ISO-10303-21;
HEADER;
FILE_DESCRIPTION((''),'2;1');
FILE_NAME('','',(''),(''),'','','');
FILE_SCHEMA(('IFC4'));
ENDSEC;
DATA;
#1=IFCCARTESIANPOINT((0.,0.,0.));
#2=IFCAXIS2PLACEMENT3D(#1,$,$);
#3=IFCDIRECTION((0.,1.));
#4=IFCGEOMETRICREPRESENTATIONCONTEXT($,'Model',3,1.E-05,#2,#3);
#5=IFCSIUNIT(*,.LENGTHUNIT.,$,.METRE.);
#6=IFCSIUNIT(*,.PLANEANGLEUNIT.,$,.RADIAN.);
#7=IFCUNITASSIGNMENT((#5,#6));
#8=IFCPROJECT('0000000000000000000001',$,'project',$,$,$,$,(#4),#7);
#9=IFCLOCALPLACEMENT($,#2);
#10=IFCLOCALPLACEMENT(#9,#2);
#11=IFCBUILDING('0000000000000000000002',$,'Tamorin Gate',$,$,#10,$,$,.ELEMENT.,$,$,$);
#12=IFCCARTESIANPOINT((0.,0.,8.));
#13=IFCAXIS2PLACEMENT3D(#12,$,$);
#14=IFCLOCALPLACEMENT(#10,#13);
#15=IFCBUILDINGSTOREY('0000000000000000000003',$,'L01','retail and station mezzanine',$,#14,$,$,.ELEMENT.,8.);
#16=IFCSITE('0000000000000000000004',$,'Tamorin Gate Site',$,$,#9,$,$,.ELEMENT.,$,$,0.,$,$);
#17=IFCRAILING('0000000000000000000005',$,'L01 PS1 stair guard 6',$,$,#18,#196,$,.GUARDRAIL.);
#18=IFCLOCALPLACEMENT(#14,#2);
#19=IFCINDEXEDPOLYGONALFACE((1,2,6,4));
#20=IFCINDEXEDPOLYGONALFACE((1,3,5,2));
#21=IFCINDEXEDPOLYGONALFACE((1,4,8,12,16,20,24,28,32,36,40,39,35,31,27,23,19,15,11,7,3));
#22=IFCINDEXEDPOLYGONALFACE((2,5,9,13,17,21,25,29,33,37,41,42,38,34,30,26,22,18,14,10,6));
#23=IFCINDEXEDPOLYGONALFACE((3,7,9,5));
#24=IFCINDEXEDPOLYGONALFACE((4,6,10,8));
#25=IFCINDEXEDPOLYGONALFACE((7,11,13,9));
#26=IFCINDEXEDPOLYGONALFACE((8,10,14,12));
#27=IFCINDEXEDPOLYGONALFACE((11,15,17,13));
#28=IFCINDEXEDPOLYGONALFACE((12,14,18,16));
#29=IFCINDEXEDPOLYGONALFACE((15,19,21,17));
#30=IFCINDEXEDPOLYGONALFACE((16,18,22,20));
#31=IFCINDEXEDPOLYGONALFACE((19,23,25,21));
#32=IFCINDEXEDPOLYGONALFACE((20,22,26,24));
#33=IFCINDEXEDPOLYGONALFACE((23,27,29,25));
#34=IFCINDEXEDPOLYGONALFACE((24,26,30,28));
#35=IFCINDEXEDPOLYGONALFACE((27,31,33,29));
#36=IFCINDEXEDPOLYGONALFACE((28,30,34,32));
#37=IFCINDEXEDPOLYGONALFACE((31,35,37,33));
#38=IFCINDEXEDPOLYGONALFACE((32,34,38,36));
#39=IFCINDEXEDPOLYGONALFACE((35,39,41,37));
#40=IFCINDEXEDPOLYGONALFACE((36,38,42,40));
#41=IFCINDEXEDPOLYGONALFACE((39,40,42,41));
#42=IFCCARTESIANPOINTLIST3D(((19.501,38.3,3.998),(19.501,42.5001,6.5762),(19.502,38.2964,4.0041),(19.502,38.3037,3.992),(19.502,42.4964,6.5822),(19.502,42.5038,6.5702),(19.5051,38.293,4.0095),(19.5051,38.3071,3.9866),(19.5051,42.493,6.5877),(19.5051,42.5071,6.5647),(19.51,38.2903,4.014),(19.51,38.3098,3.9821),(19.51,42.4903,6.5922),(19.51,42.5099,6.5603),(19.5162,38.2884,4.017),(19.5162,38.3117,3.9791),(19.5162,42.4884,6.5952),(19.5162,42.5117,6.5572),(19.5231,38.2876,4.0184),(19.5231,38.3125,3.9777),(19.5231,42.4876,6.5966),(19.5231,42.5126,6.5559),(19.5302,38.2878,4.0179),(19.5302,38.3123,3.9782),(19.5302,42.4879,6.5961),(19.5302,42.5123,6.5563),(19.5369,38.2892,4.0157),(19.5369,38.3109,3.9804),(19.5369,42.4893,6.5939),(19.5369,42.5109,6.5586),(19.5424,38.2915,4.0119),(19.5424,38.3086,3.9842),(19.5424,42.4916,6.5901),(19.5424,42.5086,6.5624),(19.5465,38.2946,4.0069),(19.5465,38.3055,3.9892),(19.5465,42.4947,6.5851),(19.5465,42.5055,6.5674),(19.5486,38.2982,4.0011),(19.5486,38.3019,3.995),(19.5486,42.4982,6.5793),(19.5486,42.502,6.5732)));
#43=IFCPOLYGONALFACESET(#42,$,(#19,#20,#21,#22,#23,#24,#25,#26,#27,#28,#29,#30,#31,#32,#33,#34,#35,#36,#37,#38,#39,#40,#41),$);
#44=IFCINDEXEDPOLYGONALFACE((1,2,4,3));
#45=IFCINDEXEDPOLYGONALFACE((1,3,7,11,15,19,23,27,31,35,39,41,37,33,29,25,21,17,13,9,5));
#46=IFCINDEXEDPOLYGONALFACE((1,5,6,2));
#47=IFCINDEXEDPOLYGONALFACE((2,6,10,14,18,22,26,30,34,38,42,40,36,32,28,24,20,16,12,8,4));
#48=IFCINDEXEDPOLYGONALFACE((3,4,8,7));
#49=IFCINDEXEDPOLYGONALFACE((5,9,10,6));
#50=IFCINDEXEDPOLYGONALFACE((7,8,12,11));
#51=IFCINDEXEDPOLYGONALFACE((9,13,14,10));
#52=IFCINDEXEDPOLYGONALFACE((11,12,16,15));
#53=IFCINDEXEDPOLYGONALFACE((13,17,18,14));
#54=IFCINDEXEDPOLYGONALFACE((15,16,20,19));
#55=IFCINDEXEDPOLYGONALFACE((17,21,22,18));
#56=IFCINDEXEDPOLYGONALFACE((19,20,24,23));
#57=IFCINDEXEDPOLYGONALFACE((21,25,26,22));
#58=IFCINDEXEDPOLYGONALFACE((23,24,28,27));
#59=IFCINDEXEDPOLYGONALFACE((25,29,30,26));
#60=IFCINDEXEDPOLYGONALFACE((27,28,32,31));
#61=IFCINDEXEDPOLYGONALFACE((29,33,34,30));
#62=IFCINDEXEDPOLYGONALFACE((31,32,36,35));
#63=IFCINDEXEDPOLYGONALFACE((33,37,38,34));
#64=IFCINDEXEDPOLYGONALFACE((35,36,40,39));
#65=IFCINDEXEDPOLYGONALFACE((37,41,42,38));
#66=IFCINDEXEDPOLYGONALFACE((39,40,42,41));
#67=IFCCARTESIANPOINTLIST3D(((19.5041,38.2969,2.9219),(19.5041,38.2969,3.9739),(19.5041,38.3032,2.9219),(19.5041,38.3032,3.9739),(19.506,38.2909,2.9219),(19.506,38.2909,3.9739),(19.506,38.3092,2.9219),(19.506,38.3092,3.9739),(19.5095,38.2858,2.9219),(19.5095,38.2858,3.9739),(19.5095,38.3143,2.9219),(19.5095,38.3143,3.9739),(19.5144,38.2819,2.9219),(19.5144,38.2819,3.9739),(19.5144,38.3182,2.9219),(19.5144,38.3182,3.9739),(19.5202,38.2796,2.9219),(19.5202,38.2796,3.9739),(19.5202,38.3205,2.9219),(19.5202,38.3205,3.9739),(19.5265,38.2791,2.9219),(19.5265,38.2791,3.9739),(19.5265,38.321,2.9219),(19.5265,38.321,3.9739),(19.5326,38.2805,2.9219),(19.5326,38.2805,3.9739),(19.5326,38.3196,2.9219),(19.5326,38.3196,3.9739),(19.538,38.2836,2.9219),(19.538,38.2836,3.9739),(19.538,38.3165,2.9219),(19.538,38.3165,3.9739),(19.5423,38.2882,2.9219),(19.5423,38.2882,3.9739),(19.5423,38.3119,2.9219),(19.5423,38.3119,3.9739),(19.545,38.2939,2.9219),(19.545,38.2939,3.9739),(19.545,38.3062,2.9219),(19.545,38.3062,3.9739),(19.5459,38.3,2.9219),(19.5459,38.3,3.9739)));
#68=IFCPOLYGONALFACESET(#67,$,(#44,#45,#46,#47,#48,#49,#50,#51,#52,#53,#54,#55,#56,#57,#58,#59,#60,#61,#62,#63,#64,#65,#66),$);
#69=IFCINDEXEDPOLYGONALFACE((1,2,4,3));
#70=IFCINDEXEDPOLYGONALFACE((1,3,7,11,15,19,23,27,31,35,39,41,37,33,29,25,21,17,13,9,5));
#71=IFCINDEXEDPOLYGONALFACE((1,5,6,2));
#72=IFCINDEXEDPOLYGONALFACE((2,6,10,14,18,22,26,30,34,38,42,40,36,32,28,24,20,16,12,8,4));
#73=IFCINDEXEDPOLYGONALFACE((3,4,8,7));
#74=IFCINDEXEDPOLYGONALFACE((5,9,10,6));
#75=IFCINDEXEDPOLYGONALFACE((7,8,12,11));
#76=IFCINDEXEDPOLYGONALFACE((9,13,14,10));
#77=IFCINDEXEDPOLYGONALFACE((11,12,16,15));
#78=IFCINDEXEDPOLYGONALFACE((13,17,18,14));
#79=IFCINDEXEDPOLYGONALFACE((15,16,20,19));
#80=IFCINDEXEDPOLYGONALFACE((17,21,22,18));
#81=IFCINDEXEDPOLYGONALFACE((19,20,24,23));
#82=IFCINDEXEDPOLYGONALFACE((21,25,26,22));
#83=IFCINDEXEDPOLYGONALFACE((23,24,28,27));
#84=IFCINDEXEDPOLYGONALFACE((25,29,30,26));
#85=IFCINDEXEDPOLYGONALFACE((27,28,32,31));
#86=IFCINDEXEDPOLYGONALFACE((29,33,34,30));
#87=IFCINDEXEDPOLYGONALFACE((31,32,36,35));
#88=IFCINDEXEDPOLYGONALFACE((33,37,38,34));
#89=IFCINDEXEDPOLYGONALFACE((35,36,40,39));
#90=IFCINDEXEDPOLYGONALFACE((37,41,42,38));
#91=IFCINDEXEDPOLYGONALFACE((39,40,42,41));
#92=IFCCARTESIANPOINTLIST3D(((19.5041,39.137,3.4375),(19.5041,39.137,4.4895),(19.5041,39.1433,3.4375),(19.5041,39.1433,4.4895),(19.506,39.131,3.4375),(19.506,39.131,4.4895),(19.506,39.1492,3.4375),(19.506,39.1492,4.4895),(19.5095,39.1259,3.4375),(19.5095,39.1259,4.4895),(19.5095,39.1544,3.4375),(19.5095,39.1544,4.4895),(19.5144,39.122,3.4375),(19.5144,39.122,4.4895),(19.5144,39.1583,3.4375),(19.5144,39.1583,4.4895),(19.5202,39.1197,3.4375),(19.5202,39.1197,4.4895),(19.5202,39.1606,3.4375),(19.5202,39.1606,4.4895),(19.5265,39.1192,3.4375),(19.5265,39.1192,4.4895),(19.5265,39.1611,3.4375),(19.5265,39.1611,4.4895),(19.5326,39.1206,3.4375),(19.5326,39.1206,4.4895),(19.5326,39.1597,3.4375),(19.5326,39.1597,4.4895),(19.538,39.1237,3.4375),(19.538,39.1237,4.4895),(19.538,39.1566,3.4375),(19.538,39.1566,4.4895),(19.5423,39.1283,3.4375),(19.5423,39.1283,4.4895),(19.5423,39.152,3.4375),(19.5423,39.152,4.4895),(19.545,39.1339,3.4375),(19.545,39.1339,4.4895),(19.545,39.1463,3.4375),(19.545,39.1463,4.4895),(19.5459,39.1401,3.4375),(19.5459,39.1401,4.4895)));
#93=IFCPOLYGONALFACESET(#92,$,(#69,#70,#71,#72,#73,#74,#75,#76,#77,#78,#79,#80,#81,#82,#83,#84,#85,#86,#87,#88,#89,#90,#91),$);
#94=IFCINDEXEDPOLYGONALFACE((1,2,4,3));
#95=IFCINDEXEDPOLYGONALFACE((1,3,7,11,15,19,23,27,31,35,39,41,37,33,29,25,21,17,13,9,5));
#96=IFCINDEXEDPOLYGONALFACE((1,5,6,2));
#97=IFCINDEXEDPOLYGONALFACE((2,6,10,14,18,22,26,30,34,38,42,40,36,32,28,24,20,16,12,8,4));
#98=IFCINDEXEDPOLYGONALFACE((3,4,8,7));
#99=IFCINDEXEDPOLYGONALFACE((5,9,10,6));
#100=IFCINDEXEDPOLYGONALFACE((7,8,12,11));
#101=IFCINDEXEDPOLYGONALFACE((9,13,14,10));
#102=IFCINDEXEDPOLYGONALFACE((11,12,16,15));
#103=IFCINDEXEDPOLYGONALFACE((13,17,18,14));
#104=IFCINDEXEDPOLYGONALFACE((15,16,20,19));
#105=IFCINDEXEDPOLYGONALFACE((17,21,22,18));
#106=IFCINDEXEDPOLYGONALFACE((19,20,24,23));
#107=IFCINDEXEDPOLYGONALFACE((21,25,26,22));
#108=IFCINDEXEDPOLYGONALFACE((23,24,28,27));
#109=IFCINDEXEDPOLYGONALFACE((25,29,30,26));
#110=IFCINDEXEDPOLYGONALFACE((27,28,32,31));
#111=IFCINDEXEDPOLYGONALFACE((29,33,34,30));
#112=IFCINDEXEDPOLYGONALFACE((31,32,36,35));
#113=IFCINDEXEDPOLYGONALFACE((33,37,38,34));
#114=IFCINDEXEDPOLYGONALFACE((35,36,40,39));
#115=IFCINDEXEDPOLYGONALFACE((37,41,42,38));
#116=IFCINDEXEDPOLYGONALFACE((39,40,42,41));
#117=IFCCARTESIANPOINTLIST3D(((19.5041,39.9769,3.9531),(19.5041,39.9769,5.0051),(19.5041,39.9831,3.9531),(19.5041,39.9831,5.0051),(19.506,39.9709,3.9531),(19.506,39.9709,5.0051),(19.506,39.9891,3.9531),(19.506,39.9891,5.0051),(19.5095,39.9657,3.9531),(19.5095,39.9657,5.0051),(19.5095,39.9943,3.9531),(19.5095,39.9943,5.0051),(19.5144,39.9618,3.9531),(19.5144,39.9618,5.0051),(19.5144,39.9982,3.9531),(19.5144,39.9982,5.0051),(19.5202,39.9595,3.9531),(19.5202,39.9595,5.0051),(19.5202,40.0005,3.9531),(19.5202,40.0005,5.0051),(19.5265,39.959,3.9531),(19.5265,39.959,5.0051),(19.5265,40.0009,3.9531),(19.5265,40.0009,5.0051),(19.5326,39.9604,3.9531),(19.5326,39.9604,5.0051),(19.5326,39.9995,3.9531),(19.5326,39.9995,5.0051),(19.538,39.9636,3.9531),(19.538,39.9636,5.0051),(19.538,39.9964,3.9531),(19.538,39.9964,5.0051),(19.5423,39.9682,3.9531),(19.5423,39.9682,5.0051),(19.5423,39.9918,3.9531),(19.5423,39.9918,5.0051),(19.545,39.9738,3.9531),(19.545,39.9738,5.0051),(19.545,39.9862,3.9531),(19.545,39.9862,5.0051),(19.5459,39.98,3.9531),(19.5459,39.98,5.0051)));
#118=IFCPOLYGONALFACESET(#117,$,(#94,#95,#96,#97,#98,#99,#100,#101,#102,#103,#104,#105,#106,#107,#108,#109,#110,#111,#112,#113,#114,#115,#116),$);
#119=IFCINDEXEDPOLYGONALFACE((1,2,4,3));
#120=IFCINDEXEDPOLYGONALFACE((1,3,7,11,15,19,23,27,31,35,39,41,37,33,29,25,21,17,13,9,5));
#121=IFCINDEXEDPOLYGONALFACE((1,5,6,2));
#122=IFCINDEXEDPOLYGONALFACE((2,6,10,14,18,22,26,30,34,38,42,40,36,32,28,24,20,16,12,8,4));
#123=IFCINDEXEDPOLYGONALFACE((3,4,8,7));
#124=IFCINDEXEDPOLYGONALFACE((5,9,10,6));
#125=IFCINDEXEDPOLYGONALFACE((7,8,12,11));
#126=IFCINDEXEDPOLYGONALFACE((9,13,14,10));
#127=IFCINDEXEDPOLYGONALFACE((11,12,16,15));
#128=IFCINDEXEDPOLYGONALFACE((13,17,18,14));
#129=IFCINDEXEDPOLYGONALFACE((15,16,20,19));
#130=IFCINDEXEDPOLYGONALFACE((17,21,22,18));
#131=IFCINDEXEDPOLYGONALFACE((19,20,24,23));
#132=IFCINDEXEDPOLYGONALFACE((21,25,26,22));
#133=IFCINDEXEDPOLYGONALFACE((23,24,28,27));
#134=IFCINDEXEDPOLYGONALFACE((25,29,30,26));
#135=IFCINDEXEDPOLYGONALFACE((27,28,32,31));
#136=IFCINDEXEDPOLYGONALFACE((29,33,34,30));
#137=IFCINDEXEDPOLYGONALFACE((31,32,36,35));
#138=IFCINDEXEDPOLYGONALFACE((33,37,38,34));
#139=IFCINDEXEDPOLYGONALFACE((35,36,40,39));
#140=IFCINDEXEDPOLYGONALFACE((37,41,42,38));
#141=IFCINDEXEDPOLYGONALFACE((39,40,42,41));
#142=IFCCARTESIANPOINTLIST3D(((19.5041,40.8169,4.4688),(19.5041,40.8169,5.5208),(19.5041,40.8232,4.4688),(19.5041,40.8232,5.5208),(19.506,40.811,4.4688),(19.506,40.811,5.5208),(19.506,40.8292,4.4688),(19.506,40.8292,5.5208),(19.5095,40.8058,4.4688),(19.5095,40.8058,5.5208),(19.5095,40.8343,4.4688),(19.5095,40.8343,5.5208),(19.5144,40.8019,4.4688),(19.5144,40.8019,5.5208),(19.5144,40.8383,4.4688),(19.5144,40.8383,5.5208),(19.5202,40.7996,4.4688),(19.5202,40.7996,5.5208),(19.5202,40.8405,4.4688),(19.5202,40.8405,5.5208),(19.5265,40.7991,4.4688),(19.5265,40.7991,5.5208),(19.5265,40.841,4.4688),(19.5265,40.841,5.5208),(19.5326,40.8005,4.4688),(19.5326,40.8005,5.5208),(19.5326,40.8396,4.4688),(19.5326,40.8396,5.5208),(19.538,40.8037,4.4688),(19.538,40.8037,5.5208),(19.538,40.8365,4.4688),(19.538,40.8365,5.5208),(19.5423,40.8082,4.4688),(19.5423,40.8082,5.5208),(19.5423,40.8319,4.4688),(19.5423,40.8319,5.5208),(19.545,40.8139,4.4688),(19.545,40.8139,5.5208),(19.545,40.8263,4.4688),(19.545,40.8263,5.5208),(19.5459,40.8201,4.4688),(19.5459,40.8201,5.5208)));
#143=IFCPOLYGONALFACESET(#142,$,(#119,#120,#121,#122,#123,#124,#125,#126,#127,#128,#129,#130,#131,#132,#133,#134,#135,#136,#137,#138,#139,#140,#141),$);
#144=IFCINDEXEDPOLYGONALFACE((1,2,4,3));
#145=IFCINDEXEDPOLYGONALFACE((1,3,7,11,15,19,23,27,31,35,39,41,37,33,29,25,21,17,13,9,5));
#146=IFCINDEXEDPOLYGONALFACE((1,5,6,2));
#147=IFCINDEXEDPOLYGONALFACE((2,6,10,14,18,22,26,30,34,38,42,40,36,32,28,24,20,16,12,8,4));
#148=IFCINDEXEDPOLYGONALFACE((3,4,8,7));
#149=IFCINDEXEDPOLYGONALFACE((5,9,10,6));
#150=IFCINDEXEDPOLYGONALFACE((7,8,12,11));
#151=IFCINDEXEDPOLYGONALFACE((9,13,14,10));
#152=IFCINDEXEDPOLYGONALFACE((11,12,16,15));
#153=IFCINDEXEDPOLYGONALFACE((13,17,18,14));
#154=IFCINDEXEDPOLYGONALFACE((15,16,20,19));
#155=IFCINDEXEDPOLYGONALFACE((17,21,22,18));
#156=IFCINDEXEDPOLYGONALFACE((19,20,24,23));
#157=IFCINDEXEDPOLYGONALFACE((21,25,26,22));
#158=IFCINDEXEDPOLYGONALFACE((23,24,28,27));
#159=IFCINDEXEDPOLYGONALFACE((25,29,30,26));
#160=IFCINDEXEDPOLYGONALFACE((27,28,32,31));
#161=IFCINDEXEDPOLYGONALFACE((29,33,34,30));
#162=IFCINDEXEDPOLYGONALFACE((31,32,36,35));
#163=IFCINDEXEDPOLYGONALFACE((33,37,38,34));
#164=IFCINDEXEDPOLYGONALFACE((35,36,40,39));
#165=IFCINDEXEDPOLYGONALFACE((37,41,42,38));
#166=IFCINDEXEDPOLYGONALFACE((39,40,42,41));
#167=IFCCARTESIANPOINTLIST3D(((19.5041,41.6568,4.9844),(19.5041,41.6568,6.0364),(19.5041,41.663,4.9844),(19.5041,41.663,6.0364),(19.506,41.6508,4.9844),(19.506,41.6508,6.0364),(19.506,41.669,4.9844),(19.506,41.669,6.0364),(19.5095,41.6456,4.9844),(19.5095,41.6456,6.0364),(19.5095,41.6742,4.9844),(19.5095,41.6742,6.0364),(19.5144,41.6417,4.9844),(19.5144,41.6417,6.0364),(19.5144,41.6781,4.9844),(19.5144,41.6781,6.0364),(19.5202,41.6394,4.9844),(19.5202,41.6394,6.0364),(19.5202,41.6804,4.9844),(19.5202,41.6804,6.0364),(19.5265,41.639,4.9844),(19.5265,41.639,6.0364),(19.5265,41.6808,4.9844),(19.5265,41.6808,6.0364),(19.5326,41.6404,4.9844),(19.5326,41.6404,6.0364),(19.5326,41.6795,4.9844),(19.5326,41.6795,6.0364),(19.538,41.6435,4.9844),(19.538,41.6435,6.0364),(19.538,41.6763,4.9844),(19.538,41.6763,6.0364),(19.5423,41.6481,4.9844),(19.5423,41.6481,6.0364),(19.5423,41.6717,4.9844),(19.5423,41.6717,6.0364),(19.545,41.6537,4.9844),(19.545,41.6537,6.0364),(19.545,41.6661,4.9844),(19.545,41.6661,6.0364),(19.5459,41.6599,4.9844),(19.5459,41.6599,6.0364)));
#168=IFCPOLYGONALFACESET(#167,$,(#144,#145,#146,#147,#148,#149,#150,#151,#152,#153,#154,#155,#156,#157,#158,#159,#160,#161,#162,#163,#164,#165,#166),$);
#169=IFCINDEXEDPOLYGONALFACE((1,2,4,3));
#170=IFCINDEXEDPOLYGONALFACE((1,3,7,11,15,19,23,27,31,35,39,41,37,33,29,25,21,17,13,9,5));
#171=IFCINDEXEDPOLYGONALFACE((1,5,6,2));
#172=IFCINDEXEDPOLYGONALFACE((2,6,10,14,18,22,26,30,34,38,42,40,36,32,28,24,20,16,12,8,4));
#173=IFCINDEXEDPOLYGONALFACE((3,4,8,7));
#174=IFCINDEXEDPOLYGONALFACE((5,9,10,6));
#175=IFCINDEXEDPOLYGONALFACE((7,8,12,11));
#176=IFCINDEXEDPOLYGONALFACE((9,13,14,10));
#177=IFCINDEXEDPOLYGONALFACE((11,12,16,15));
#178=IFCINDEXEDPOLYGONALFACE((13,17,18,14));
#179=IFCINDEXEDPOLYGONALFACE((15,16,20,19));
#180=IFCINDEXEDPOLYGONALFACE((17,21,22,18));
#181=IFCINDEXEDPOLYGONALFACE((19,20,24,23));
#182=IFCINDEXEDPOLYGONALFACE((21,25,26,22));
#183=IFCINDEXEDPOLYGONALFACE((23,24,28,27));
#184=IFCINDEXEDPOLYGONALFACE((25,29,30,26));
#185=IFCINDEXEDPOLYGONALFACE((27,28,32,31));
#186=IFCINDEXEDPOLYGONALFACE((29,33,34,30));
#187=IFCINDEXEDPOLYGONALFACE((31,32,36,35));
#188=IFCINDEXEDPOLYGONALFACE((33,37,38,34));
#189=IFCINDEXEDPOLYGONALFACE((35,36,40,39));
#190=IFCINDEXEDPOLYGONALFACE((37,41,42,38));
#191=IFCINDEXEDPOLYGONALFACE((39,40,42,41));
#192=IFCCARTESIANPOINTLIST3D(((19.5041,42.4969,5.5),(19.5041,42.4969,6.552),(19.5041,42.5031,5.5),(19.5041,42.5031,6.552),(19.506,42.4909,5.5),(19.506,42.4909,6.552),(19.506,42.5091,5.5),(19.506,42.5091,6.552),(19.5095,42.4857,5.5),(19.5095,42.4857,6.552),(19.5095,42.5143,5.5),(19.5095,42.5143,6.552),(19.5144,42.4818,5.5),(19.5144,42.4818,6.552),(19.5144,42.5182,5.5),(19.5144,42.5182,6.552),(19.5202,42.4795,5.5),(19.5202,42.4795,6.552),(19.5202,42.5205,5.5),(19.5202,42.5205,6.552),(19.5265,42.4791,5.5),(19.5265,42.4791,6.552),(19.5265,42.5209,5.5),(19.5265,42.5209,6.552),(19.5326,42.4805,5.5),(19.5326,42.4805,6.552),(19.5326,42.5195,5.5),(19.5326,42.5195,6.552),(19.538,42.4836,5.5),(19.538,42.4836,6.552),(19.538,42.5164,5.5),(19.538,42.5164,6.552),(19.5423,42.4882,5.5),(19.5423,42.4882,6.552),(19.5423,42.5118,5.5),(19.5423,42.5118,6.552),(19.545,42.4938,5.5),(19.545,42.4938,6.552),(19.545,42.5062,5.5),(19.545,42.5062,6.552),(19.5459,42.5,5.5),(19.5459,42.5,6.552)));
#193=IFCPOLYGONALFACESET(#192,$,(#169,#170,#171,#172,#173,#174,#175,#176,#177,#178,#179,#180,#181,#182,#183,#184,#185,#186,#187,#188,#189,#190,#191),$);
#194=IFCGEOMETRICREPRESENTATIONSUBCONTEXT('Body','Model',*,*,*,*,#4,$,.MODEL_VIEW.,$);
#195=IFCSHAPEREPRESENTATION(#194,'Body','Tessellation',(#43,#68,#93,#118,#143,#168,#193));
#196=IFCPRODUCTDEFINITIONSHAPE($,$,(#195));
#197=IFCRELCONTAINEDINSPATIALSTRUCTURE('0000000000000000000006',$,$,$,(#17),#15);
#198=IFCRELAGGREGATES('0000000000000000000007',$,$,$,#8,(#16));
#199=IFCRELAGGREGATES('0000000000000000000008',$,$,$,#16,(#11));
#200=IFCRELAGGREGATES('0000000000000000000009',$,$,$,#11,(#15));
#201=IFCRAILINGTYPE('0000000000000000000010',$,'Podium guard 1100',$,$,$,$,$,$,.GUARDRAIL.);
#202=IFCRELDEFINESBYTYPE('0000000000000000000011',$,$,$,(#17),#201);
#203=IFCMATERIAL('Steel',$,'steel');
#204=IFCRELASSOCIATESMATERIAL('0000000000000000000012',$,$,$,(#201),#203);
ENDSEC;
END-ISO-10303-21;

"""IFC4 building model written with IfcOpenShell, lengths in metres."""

from ifc_helpers import new_model, si_unit, direction, frame, origin, origin_2d, place, context, subcontext, project, spatial, circle, extrude, material, type_object, element, save


model = new_model("IFC4")

# Units and contexts
model_context = context("Model", 3, precision=1e-05, world=origin(), true_north=direction((0.0, 1.0)))
body_context = subcontext(model_context, "Body", "Model", "MODEL_VIEW")
ifc_project = project(units=[si_unit("LENGTHUNIT", "METRE"), si_unit("PLANEANGLEUNIT", "RADIAN")], contexts=[model_context])

# Site, building, storey
site_placement = place(None, origin())
site = spatial("IfcSite", under=ifc_project, at=site_placement, Name="Tamorin Gate Site", CompositionType="ELEMENT", RefElevation=0.0)
building_placement = place(site_placement, origin())
building = spatial("IfcBuilding", under=site, at=building_placement, Name="Tamorin Gate", CompositionType="ELEMENT")
storey_placement = place(building_placement, frame((0.0, 0.0, 8.0)))
storey = spatial("IfcBuildingStorey", under=building, at=storey_placement, Name="L01", Description="retail and station mezzanine", CompositionType="ELEMENT", Elevation=8.0)

# Railing
ifc_material_1 = material(Name="Steel", Category="steel")
railing_type_1 = type_object("IfcRailingType", Name="Podium guard 1100", PredefinedType="GUARDRAIL", material=ifc_material_1)
railing_1_placement = place(storey_placement, frame((19.5249, 38.3, 2.9219)))
element("IfcRailing", 1, at=railing_1_placement, inside=storey, type_object=railing_type_1, Name="L01 PS1 stair guard 6", PredefinedType="GUARDRAIL", context=body_context, shape_type="SweptSolid", body=[
    extrude(circle(Radius=0.0239, at=origin_2d()), frame((0.0, 0.0, 1.0762), z_axis=(0.0, 0.852243, 0.523146), x_axis=(-1.0, 0.0, 0.0)), (0.0, 0.0, 1.0), 4.9282),
    extrude(circle(Radius=0.021, at=origin_2d()), origin(), (0.0, 0.0, 1.0), 1.052),
    extrude(circle(Radius=0.021, at=origin_2d()), frame((0.0, 0.8401, 0.5156)), (0.0, 0.0, 1.0), 1.052),
    extrude(circle(Radius=0.021, at=origin_2d()), frame((0.0, 1.6799, 1.0312)), (0.0, 0.0, 1.0), 1.052),
    extrude(circle(Radius=0.021, at=origin_2d()), frame((0.0, 2.52, 1.5469)), (0.0, 0.0, 1.0), 1.052),
    extrude(circle(Radius=0.021, at=origin_2d()), frame((0.0, 3.3599, 2.0625)), (0.0, 0.0, 1.0), 1.052),
    extrude(circle(Radius=0.021, at=origin_2d()), frame((0.0, 4.2, 2.5781)), (0.0, 0.0, 1.0), 1.052),
])

save(model, "model.ifc")
